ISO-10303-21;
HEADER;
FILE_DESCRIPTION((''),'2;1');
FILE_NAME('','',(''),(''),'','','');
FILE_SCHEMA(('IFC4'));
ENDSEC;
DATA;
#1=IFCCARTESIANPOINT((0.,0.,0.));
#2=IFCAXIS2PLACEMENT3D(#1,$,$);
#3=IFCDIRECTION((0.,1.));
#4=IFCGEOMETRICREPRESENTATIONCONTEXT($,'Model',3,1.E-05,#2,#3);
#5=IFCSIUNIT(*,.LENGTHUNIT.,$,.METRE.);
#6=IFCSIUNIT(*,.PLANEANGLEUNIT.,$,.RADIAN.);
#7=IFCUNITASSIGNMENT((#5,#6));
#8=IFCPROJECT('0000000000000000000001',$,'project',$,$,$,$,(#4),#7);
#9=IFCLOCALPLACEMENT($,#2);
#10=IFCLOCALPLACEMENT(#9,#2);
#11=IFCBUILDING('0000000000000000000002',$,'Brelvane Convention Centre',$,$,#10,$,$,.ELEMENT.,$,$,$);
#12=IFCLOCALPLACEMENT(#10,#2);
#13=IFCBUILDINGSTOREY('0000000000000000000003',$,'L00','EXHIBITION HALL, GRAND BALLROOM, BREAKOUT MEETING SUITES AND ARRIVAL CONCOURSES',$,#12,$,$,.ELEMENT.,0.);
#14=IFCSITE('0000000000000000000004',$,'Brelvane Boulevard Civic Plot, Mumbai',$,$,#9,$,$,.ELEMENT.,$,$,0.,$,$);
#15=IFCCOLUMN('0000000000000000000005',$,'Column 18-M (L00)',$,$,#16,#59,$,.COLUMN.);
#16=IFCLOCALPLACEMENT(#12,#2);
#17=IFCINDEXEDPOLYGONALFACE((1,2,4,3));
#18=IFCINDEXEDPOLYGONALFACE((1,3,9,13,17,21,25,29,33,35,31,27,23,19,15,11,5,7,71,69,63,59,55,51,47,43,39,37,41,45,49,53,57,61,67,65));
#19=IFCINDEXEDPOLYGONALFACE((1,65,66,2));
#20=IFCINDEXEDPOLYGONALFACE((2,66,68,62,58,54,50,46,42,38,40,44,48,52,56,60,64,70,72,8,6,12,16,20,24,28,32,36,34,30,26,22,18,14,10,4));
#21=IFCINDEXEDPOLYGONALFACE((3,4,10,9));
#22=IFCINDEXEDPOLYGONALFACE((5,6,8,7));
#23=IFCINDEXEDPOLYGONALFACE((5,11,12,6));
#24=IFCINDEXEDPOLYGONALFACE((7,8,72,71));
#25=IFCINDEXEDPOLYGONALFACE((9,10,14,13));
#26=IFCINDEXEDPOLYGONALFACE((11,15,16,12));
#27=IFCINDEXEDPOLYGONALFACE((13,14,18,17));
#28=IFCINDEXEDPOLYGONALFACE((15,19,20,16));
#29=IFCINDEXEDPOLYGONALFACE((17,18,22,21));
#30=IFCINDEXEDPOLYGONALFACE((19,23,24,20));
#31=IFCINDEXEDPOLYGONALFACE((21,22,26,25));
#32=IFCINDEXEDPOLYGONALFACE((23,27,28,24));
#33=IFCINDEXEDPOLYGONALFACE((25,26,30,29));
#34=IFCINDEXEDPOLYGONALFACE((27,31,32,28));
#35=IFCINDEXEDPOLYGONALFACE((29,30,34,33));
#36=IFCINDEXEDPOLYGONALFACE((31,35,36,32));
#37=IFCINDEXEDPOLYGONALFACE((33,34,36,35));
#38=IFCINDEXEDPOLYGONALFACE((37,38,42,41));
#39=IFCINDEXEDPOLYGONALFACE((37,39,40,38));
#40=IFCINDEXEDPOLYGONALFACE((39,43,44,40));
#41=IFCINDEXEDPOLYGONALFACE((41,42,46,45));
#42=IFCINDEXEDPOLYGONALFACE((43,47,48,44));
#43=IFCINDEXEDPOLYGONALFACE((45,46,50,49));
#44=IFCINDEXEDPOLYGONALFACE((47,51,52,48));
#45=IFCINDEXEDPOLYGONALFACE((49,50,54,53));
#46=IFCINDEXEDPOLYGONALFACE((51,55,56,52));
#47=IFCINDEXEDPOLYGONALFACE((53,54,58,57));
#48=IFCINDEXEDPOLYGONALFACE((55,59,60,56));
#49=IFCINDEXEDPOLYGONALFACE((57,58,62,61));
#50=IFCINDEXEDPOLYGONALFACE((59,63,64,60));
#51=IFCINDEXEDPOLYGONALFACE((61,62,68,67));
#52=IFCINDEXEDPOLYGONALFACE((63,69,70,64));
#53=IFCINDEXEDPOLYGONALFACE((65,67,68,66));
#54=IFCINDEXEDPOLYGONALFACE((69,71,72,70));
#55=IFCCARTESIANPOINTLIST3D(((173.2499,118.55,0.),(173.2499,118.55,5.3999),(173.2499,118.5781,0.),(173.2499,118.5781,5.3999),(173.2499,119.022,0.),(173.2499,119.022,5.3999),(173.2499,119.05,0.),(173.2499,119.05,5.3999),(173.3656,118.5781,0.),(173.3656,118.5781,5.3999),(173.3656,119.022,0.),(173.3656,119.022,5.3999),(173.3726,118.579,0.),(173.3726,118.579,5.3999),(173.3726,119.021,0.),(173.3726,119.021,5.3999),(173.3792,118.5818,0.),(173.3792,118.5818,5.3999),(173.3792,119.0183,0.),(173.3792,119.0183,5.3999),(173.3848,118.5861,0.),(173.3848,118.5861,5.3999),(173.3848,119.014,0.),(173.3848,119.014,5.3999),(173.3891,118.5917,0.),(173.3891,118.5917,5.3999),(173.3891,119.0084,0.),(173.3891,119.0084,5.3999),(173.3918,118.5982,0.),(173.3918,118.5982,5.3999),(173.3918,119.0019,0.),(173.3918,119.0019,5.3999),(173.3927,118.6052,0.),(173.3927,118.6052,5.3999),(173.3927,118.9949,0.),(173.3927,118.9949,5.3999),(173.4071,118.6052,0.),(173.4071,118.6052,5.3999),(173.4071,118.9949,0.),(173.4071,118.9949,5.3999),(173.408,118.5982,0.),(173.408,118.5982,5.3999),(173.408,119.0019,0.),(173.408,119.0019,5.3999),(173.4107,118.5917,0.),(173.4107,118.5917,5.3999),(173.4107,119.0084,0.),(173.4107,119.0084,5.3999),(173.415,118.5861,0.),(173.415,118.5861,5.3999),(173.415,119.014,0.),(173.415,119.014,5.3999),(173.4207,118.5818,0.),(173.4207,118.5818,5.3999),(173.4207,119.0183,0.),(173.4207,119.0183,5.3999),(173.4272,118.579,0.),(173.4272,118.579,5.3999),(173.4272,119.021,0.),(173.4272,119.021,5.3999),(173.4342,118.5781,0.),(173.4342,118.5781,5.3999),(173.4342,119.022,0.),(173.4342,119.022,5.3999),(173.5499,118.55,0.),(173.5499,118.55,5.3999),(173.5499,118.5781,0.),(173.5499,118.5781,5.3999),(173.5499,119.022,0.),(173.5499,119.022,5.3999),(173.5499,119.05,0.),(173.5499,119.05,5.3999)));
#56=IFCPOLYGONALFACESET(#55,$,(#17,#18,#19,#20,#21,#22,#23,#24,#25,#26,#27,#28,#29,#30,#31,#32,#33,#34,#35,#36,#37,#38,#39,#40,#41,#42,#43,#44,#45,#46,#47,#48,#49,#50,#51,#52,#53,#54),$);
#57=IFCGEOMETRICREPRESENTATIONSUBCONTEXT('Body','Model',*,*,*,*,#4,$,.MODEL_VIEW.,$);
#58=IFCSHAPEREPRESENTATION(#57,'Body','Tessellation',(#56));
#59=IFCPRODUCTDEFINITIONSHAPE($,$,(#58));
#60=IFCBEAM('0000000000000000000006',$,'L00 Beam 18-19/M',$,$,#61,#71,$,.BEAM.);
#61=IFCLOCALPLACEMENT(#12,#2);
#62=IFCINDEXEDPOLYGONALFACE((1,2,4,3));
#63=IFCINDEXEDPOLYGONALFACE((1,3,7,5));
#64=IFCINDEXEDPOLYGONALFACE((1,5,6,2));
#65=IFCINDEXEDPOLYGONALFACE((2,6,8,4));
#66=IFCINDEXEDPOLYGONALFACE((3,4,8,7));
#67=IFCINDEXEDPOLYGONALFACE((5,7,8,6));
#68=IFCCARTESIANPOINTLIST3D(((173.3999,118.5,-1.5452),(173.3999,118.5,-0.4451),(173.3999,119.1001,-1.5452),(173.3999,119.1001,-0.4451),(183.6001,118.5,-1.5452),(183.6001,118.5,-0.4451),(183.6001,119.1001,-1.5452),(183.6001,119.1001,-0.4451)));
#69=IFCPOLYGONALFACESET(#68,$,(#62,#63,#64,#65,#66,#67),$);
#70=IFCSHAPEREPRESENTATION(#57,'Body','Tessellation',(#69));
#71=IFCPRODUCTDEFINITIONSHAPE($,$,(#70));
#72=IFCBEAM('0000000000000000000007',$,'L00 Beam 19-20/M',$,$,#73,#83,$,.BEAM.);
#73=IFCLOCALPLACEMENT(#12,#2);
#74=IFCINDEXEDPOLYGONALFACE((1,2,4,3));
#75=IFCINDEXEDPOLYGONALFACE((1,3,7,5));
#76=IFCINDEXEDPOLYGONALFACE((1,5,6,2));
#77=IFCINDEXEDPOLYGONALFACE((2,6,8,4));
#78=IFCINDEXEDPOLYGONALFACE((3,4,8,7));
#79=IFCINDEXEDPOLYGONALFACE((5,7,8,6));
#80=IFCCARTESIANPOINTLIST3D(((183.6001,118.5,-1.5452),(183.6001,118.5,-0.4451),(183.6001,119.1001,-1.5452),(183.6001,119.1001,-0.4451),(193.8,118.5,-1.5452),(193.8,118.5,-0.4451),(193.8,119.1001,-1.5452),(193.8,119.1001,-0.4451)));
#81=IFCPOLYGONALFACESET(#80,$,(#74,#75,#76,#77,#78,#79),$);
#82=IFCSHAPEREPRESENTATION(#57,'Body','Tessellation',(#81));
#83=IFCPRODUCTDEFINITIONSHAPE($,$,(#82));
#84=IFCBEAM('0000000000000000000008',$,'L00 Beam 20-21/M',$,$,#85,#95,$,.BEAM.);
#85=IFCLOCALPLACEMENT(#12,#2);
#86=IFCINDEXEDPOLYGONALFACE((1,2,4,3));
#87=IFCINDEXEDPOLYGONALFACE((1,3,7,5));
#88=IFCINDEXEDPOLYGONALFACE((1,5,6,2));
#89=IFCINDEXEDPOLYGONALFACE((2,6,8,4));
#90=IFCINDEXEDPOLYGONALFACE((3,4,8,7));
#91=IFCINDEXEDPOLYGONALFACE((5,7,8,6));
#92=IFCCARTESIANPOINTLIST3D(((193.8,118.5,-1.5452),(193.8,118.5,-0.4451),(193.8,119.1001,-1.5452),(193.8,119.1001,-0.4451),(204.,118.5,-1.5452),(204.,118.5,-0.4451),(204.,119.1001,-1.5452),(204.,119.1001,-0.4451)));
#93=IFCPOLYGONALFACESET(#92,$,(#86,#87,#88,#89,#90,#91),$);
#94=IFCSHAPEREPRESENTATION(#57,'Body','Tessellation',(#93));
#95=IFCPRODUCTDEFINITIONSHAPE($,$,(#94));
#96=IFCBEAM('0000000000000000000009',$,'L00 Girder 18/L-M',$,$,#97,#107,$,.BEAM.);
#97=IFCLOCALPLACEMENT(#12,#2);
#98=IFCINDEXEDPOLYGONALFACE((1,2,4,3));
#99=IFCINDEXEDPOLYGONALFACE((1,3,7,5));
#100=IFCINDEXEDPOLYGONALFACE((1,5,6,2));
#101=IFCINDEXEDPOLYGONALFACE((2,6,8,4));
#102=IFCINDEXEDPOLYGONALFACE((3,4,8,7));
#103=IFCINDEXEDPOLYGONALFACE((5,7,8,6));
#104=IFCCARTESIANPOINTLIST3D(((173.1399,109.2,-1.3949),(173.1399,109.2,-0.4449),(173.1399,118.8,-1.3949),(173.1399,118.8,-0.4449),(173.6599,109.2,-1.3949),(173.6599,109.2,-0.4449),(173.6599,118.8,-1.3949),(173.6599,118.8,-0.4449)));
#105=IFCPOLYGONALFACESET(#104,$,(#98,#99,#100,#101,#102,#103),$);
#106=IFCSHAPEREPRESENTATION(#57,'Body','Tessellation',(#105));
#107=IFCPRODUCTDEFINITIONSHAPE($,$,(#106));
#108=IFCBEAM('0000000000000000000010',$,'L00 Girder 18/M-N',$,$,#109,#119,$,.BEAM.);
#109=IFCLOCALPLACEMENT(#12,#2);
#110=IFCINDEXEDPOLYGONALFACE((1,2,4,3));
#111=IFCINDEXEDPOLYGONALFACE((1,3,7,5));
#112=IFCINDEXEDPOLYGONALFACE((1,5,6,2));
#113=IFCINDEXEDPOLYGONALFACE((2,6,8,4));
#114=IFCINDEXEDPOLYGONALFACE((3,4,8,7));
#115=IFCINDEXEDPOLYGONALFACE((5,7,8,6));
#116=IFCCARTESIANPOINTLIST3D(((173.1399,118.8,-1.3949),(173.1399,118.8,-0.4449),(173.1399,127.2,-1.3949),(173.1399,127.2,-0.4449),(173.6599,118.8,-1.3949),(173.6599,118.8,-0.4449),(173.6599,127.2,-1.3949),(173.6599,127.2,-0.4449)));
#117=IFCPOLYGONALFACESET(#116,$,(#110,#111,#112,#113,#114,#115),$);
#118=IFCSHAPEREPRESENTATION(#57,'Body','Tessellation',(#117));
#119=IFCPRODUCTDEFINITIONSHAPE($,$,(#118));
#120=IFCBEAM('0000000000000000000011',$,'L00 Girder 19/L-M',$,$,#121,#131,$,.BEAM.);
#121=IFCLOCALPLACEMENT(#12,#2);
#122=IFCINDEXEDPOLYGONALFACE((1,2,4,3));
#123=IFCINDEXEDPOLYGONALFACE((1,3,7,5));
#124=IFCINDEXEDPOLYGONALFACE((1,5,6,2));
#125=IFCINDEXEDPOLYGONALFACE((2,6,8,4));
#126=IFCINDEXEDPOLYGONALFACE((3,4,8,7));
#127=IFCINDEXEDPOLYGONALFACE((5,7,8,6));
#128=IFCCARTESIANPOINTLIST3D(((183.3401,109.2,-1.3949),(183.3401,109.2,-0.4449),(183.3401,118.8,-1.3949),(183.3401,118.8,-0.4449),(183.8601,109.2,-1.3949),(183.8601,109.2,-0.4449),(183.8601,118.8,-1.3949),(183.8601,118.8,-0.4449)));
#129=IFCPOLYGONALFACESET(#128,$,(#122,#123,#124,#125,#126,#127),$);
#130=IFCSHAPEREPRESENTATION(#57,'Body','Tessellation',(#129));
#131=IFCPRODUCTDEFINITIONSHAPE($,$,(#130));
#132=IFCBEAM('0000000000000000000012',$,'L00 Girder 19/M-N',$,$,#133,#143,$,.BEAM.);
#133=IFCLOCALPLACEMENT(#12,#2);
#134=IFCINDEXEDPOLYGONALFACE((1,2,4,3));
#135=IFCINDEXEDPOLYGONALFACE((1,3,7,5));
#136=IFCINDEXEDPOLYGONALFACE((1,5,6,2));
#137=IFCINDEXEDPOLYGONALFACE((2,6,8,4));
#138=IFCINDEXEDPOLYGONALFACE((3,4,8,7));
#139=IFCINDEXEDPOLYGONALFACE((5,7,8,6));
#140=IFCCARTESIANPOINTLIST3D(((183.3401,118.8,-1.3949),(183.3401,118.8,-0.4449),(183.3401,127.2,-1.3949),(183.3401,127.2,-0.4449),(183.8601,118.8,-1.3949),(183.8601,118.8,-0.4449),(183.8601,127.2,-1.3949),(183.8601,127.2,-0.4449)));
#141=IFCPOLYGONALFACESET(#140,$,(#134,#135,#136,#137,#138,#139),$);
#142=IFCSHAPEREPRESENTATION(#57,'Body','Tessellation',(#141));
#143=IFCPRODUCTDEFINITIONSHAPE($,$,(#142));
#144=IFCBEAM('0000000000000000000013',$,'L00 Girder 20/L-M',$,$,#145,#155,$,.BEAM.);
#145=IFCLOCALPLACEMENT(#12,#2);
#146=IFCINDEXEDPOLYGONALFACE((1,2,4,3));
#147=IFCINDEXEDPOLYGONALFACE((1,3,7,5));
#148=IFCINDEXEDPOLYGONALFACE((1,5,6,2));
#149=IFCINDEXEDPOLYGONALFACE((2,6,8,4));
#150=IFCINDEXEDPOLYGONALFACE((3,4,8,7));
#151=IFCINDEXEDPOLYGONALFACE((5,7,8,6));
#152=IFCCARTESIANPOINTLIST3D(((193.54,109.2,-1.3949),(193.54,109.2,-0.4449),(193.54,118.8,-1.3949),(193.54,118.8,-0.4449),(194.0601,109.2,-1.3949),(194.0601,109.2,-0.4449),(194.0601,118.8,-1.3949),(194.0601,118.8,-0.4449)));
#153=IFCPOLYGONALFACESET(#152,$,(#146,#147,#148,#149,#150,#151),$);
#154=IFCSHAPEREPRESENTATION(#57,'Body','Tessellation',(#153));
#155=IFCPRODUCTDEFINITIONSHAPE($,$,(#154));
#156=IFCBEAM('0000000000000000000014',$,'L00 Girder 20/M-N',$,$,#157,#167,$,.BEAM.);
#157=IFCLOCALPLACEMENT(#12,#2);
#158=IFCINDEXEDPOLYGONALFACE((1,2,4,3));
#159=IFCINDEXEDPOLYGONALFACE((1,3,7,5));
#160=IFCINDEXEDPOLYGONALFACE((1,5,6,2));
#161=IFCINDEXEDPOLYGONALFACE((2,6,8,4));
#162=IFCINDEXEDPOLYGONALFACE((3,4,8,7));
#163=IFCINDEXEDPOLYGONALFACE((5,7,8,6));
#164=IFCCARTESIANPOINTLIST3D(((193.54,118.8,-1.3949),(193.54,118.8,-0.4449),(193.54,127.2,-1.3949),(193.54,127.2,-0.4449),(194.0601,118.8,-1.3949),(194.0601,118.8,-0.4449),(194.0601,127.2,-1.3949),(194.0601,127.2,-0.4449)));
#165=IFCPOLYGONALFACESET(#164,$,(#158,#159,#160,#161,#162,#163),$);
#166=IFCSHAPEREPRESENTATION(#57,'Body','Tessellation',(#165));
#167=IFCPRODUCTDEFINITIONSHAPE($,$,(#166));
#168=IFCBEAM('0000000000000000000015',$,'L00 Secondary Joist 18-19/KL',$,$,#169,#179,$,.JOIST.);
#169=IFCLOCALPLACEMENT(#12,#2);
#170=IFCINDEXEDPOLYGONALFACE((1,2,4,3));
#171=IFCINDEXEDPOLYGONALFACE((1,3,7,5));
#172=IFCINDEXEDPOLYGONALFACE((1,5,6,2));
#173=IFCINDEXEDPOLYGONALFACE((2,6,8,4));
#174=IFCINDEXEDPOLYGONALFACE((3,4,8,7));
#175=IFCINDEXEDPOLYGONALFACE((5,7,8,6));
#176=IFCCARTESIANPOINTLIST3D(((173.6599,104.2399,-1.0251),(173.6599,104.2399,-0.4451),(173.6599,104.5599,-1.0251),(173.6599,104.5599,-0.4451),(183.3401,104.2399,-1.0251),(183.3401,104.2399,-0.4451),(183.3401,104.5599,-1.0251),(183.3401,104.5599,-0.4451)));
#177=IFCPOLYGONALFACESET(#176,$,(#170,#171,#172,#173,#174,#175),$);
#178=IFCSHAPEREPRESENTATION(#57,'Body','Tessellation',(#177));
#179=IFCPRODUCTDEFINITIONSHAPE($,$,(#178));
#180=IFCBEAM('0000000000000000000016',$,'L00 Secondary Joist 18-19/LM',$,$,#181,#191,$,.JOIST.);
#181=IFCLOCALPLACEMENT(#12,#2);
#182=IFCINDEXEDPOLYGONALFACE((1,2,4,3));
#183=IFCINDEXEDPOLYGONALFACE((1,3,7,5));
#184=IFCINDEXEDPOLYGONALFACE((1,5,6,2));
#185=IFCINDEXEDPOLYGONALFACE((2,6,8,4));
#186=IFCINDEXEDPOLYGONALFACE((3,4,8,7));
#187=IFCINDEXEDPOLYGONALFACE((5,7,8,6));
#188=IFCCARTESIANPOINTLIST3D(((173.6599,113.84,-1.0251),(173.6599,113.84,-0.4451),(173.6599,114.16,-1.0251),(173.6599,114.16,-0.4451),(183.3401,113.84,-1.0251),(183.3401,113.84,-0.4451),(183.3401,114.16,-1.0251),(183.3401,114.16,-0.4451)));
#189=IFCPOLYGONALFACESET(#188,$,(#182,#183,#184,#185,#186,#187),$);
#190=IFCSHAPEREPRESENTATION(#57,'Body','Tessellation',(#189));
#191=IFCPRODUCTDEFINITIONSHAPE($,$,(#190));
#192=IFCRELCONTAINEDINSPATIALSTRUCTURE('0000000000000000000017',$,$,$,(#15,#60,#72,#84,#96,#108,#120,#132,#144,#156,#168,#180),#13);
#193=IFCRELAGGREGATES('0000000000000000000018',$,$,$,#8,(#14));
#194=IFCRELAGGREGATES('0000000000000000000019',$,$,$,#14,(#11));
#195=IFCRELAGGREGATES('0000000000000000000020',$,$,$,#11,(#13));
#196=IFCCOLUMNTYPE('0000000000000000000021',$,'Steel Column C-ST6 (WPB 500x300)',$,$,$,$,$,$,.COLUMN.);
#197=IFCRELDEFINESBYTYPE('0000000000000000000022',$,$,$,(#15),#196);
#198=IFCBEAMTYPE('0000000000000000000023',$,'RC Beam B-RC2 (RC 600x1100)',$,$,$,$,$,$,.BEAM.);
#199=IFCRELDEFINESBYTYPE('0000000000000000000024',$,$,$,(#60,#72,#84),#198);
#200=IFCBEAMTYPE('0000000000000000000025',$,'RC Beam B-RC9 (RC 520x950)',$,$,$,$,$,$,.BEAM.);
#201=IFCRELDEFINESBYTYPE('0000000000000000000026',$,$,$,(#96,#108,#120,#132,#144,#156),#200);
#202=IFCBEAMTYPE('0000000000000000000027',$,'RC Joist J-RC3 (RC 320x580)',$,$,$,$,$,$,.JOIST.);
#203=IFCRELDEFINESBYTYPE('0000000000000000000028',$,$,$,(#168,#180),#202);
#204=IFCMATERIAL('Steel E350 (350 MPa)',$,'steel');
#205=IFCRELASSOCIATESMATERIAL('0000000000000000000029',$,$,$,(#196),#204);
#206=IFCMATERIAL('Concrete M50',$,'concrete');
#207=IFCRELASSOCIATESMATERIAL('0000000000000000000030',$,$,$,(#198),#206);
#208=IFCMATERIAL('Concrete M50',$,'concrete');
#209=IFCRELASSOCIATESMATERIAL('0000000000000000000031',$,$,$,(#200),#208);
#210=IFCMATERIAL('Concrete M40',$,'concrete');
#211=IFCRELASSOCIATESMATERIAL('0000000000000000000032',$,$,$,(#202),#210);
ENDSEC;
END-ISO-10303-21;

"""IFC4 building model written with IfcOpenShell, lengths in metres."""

from ifc_helpers import new_model, si_unit, direction, frame, origin, origin_2d, place, context, subcontext, project, spatial, rectangle, i_section, extrude, material, material_profile, profile_set, type_object, element, save


model = new_model("IFC4")

# Units and contexts
model_context = context("Model", 3, precision=1e-05, world=origin(), true_north=direction((0.0, 1.0)))
body_context = subcontext(model_context, "Body", "Model", "MODEL_VIEW")
ifc_project = project(units=[si_unit("LENGTHUNIT", "METRE"), si_unit("PLANEANGLEUNIT", "RADIAN")], contexts=[model_context])

# Site, building, storey
site_placement = place(None, origin())
site = spatial("IfcSite", under=ifc_project, at=site_placement, Name="Brelvane Boulevard Civic Plot, Mumbai", CompositionType="ELEMENT", RefElevation=0.0)
building_placement = place(site_placement, origin())
building = spatial("IfcBuilding", under=site, at=building_placement, Name="Brelvane Convention Centre", CompositionType="ELEMENT")
storey_placement = place(building_placement, origin())
storey = spatial("IfcBuildingStorey", under=building, at=storey_placement, Name="L00", Description="EXHIBITION HALL, GRAND BALLROOM, BREAKOUT MEETING SUITES AND ARRIVAL CONCOURSES", CompositionType="ELEMENT", Elevation=0.0)

# Column
ifc_material_1 = material(Name="Steel E350 (350 MPa)", Category="steel")
ifc_material_profile_1 = material_profile(ifc_material_1, i_section(OverallWidth=0.3, OverallDepth=0.5, WebThickness=0.0144, FlangeThickness=0.0281, FilletRadius=0.0271, at=origin_2d()), Name="WPB 500x300")
ifc_profile_set_1 = profile_set([ifc_material_profile_1], Name="Steel E350 (350 MPa)")
column_type = type_object("IfcColumnType", Name="Steel Column C-ST6 (WPB 500x300)", PredefinedType="COLUMN", material=ifc_profile_set_1)
column_placement = place(storey_placement, frame((173.3999, 118.8, 0.0), z_axis=(0.0, 0.0, 1.0), x_axis=(1.0, 0.0, 0.0)))
element("IfcColumn", 1, at=column_placement, inside=storey, type_object=column_type, Name="Column 18-M (L00)", PredefinedType="COLUMN", context=body_context, shape_type="SweptSolid", body=[
    extrude(i_section(OverallWidth=0.3, OverallDepth=0.5, WebThickness=0.0144, FlangeThickness=0.0281, FilletRadius=0.0271, at=origin_2d()), origin(), (0.0, 0.0, 1.0), 5.3999),
])

# Beams
ifc_material_2 = material(Name="Concrete M50", Category="concrete")
ifc_material_profile_2 = material_profile(ifc_material_2, rectangle(XDim=0.6001, YDim=1.1001, at=origin_2d()), Name="RC 600x1100")
ifc_profile_set_2 = profile_set([ifc_material_profile_2], Name="Concrete M50")
beam_type_1 = type_object("IfcBeamType", Name="RC Beam B-RC2 (RC 600x1100)", PredefinedType="BEAM", material=ifc_profile_set_2)
beam_1_placement = place(storey_placement, frame((173.3999, 118.8, -0.9951), z_axis=(1.0, 0.0, 0.0), x_axis=(0.0, 1.0, 0.0)))
element("IfcBeam", 2, at=beam_1_placement, inside=storey, type_object=beam_type_1, Name="L00 Beam 18-19/M", PredefinedType="BEAM", context=body_context, shape_type="SweptSolid", body=[
    extrude(rectangle(XDim=0.6001, YDim=1.1001, at=origin_2d()), origin(), (0.0, 0.0, 1.0), 10.2002),
])
for number, where, z_axis, x_axis, name in (
    (3, (183.6001, 118.8, -0.9951), (1.0, 0.0, 0.0), (0.0, 1.0, 0.0), "L00 Beam 19-20/M"),
    (4, (193.8, 118.8, -0.9951), (1.0, 0.0, 0.0), (0.0, 1.0, 0.0), "L00 Beam 20-21/M"),
):
    element("IfcBeam", number, at=place(storey_placement, frame(where, z_axis=z_axis, x_axis=x_axis)), inside=storey, type_object=beam_type_1, Name=name, PredefinedType="BEAM", context=body_context, shape_type="SweptSolid", body=[
        extrude(rectangle(XDim=0.6001, YDim=1.1001, at=origin_2d()), origin(), (0.0, 0.0, 1.0), 10.2),
    ])
ifc_material_3 = material(Name="Concrete M50", Category="concrete")
ifc_material_profile_3 = material_profile(ifc_material_3, rectangle(XDim=0.52, YDim=0.95, at=origin_2d()), Name="RC 520x950")
ifc_profile_set_3 = profile_set([ifc_material_profile_3], Name="Concrete M50")
beam_type_2 = type_object("IfcBeamType", Name="RC Beam B-RC9 (RC 520x950)", PredefinedType="BEAM", material=ifc_profile_set_3)
beam_2_placement = place(storey_placement, frame((173.3999, 109.2, -0.9199), z_axis=(0.0, 1.0, 0.0), x_axis=(-1.0, 0.0, 0.0)))
element("IfcBeam", 5, at=beam_2_placement, inside=storey, type_object=beam_type_2, Name="L00 Girder 18/L-M", PredefinedType="BEAM", context=body_context, shape_type="SweptSolid", body=[
    extrude(rectangle(XDim=0.52, YDim=0.95, at=origin_2d()), origin(), (0.0, 0.0, 1.0), 9.6001),
])
beam_3_placement = place(storey_placement, frame((173.3999, 118.8, -0.9199), z_axis=(0.0, 1.0, 0.0), x_axis=(-1.0, 0.0, 0.0)))
element("IfcBeam", 6, at=beam_3_placement, inside=storey, type_object=beam_type_2, Name="L00 Girder 18/M-N", PredefinedType="BEAM", context=body_context, shape_type="SweptSolid", body=[
    extrude(rectangle(XDim=0.52, YDim=0.95, at=origin_2d()), origin(), (0.0, 0.0, 1.0), 8.3999),
])
beam_4_placement = place(storey_placement, frame((183.6001, 109.2, -0.9199), z_axis=(0.0, 1.0, 0.0), x_axis=(-1.0, 0.0, 0.0)))
element("IfcBeam", 7, at=beam_4_placement, inside=storey, type_object=beam_type_2, Name="L00 Girder 19/L-M", PredefinedType="BEAM", context=body_context, shape_type="SweptSolid", body=[
    extrude(rectangle(XDim=0.52, YDim=0.95, at=origin_2d()), origin(), (0.0, 0.0, 1.0), 9.6001),
])
beam_5_placement = place(storey_placement, frame((183.6001, 118.8, -0.9199), z_axis=(0.0, 1.0, 0.0), x_axis=(-1.0, 0.0, 0.0)))
element("IfcBeam", 8, at=beam_5_placement, inside=storey, type_object=beam_type_2, Name="L00 Girder 19/M-N", PredefinedType="BEAM", context=body_context, shape_type="SweptSolid", body=[
    extrude(rectangle(XDim=0.52, YDim=0.95, at=origin_2d()), origin(), (0.0, 0.0, 1.0), 8.3999),
])
beam_6_placement = place(storey_placement, frame((193.8, 109.2, -0.9199), z_axis=(0.0, 1.0, 0.0), x_axis=(-1.0, 0.0, 0.0)))
element("IfcBeam", 9, at=beam_6_placement, inside=storey, type_object=beam_type_2, Name="L00 Girder 20/L-M", PredefinedType="BEAM", context=body_context, shape_type="SweptSolid", body=[
    extrude(rectangle(XDim=0.52, YDim=0.95, at=origin_2d()), origin(), (0.0, 0.0, 1.0), 9.6001),
])
beam_7_placement = place(storey_placement, frame((193.8, 118.8, -0.9199), z_axis=(0.0, 1.0, 0.0), x_axis=(-1.0, 0.0, 0.0)))
element("IfcBeam", 10, at=beam_7_placement, inside=storey, type_object=beam_type_2, Name="L00 Girder 20/M-N", PredefinedType="BEAM", context=body_context, shape_type="SweptSolid", body=[
    extrude(rectangle(XDim=0.52, YDim=0.95, at=origin_2d()), origin(), (0.0, 0.0, 1.0), 8.3999),
])
ifc_material_4 = material(Name="Concrete M40", Category="concrete")
ifc_material_profile_4 = material_profile(ifc_material_4, rectangle(XDim=0.3201, YDim=0.5801, at=origin_2d()), Name="RC 320x580")
ifc_profile_set_4 = profile_set([ifc_material_profile_4], Name="Concrete M40")
beam_type_3 = type_object("IfcBeamType", Name="RC Joist J-RC3 (RC 320x580)", PredefinedType="JOIST", material=ifc_profile_set_4)
for number, where, z_axis, x_axis, name in (
    (11, (173.6599, 104.3999, -0.7351), (1.0, 0.0, 0.0), (0.0, 1.0, 0.0), "L00 Secondary Joist 18-19/KL"),
    (12, (173.6599, 114.0, -0.7351), (1.0, 0.0, 0.0), (0.0, 1.0, 0.0), "L00 Secondary Joist 18-19/LM"),
):
    element("IfcBeam", number, at=place(storey_placement, frame(where, z_axis=z_axis, x_axis=x_axis)), inside=storey, type_object=beam_type_3, Name=name, PredefinedType="JOIST", context=body_context, shape_type="SweptSolid", body=[
        extrude(rectangle(XDim=0.3201, YDim=0.5801, at=origin_2d()), origin(), (0.0, 0.0, 1.0), 9.6802),
    ])

save(model, "model.ifc")
